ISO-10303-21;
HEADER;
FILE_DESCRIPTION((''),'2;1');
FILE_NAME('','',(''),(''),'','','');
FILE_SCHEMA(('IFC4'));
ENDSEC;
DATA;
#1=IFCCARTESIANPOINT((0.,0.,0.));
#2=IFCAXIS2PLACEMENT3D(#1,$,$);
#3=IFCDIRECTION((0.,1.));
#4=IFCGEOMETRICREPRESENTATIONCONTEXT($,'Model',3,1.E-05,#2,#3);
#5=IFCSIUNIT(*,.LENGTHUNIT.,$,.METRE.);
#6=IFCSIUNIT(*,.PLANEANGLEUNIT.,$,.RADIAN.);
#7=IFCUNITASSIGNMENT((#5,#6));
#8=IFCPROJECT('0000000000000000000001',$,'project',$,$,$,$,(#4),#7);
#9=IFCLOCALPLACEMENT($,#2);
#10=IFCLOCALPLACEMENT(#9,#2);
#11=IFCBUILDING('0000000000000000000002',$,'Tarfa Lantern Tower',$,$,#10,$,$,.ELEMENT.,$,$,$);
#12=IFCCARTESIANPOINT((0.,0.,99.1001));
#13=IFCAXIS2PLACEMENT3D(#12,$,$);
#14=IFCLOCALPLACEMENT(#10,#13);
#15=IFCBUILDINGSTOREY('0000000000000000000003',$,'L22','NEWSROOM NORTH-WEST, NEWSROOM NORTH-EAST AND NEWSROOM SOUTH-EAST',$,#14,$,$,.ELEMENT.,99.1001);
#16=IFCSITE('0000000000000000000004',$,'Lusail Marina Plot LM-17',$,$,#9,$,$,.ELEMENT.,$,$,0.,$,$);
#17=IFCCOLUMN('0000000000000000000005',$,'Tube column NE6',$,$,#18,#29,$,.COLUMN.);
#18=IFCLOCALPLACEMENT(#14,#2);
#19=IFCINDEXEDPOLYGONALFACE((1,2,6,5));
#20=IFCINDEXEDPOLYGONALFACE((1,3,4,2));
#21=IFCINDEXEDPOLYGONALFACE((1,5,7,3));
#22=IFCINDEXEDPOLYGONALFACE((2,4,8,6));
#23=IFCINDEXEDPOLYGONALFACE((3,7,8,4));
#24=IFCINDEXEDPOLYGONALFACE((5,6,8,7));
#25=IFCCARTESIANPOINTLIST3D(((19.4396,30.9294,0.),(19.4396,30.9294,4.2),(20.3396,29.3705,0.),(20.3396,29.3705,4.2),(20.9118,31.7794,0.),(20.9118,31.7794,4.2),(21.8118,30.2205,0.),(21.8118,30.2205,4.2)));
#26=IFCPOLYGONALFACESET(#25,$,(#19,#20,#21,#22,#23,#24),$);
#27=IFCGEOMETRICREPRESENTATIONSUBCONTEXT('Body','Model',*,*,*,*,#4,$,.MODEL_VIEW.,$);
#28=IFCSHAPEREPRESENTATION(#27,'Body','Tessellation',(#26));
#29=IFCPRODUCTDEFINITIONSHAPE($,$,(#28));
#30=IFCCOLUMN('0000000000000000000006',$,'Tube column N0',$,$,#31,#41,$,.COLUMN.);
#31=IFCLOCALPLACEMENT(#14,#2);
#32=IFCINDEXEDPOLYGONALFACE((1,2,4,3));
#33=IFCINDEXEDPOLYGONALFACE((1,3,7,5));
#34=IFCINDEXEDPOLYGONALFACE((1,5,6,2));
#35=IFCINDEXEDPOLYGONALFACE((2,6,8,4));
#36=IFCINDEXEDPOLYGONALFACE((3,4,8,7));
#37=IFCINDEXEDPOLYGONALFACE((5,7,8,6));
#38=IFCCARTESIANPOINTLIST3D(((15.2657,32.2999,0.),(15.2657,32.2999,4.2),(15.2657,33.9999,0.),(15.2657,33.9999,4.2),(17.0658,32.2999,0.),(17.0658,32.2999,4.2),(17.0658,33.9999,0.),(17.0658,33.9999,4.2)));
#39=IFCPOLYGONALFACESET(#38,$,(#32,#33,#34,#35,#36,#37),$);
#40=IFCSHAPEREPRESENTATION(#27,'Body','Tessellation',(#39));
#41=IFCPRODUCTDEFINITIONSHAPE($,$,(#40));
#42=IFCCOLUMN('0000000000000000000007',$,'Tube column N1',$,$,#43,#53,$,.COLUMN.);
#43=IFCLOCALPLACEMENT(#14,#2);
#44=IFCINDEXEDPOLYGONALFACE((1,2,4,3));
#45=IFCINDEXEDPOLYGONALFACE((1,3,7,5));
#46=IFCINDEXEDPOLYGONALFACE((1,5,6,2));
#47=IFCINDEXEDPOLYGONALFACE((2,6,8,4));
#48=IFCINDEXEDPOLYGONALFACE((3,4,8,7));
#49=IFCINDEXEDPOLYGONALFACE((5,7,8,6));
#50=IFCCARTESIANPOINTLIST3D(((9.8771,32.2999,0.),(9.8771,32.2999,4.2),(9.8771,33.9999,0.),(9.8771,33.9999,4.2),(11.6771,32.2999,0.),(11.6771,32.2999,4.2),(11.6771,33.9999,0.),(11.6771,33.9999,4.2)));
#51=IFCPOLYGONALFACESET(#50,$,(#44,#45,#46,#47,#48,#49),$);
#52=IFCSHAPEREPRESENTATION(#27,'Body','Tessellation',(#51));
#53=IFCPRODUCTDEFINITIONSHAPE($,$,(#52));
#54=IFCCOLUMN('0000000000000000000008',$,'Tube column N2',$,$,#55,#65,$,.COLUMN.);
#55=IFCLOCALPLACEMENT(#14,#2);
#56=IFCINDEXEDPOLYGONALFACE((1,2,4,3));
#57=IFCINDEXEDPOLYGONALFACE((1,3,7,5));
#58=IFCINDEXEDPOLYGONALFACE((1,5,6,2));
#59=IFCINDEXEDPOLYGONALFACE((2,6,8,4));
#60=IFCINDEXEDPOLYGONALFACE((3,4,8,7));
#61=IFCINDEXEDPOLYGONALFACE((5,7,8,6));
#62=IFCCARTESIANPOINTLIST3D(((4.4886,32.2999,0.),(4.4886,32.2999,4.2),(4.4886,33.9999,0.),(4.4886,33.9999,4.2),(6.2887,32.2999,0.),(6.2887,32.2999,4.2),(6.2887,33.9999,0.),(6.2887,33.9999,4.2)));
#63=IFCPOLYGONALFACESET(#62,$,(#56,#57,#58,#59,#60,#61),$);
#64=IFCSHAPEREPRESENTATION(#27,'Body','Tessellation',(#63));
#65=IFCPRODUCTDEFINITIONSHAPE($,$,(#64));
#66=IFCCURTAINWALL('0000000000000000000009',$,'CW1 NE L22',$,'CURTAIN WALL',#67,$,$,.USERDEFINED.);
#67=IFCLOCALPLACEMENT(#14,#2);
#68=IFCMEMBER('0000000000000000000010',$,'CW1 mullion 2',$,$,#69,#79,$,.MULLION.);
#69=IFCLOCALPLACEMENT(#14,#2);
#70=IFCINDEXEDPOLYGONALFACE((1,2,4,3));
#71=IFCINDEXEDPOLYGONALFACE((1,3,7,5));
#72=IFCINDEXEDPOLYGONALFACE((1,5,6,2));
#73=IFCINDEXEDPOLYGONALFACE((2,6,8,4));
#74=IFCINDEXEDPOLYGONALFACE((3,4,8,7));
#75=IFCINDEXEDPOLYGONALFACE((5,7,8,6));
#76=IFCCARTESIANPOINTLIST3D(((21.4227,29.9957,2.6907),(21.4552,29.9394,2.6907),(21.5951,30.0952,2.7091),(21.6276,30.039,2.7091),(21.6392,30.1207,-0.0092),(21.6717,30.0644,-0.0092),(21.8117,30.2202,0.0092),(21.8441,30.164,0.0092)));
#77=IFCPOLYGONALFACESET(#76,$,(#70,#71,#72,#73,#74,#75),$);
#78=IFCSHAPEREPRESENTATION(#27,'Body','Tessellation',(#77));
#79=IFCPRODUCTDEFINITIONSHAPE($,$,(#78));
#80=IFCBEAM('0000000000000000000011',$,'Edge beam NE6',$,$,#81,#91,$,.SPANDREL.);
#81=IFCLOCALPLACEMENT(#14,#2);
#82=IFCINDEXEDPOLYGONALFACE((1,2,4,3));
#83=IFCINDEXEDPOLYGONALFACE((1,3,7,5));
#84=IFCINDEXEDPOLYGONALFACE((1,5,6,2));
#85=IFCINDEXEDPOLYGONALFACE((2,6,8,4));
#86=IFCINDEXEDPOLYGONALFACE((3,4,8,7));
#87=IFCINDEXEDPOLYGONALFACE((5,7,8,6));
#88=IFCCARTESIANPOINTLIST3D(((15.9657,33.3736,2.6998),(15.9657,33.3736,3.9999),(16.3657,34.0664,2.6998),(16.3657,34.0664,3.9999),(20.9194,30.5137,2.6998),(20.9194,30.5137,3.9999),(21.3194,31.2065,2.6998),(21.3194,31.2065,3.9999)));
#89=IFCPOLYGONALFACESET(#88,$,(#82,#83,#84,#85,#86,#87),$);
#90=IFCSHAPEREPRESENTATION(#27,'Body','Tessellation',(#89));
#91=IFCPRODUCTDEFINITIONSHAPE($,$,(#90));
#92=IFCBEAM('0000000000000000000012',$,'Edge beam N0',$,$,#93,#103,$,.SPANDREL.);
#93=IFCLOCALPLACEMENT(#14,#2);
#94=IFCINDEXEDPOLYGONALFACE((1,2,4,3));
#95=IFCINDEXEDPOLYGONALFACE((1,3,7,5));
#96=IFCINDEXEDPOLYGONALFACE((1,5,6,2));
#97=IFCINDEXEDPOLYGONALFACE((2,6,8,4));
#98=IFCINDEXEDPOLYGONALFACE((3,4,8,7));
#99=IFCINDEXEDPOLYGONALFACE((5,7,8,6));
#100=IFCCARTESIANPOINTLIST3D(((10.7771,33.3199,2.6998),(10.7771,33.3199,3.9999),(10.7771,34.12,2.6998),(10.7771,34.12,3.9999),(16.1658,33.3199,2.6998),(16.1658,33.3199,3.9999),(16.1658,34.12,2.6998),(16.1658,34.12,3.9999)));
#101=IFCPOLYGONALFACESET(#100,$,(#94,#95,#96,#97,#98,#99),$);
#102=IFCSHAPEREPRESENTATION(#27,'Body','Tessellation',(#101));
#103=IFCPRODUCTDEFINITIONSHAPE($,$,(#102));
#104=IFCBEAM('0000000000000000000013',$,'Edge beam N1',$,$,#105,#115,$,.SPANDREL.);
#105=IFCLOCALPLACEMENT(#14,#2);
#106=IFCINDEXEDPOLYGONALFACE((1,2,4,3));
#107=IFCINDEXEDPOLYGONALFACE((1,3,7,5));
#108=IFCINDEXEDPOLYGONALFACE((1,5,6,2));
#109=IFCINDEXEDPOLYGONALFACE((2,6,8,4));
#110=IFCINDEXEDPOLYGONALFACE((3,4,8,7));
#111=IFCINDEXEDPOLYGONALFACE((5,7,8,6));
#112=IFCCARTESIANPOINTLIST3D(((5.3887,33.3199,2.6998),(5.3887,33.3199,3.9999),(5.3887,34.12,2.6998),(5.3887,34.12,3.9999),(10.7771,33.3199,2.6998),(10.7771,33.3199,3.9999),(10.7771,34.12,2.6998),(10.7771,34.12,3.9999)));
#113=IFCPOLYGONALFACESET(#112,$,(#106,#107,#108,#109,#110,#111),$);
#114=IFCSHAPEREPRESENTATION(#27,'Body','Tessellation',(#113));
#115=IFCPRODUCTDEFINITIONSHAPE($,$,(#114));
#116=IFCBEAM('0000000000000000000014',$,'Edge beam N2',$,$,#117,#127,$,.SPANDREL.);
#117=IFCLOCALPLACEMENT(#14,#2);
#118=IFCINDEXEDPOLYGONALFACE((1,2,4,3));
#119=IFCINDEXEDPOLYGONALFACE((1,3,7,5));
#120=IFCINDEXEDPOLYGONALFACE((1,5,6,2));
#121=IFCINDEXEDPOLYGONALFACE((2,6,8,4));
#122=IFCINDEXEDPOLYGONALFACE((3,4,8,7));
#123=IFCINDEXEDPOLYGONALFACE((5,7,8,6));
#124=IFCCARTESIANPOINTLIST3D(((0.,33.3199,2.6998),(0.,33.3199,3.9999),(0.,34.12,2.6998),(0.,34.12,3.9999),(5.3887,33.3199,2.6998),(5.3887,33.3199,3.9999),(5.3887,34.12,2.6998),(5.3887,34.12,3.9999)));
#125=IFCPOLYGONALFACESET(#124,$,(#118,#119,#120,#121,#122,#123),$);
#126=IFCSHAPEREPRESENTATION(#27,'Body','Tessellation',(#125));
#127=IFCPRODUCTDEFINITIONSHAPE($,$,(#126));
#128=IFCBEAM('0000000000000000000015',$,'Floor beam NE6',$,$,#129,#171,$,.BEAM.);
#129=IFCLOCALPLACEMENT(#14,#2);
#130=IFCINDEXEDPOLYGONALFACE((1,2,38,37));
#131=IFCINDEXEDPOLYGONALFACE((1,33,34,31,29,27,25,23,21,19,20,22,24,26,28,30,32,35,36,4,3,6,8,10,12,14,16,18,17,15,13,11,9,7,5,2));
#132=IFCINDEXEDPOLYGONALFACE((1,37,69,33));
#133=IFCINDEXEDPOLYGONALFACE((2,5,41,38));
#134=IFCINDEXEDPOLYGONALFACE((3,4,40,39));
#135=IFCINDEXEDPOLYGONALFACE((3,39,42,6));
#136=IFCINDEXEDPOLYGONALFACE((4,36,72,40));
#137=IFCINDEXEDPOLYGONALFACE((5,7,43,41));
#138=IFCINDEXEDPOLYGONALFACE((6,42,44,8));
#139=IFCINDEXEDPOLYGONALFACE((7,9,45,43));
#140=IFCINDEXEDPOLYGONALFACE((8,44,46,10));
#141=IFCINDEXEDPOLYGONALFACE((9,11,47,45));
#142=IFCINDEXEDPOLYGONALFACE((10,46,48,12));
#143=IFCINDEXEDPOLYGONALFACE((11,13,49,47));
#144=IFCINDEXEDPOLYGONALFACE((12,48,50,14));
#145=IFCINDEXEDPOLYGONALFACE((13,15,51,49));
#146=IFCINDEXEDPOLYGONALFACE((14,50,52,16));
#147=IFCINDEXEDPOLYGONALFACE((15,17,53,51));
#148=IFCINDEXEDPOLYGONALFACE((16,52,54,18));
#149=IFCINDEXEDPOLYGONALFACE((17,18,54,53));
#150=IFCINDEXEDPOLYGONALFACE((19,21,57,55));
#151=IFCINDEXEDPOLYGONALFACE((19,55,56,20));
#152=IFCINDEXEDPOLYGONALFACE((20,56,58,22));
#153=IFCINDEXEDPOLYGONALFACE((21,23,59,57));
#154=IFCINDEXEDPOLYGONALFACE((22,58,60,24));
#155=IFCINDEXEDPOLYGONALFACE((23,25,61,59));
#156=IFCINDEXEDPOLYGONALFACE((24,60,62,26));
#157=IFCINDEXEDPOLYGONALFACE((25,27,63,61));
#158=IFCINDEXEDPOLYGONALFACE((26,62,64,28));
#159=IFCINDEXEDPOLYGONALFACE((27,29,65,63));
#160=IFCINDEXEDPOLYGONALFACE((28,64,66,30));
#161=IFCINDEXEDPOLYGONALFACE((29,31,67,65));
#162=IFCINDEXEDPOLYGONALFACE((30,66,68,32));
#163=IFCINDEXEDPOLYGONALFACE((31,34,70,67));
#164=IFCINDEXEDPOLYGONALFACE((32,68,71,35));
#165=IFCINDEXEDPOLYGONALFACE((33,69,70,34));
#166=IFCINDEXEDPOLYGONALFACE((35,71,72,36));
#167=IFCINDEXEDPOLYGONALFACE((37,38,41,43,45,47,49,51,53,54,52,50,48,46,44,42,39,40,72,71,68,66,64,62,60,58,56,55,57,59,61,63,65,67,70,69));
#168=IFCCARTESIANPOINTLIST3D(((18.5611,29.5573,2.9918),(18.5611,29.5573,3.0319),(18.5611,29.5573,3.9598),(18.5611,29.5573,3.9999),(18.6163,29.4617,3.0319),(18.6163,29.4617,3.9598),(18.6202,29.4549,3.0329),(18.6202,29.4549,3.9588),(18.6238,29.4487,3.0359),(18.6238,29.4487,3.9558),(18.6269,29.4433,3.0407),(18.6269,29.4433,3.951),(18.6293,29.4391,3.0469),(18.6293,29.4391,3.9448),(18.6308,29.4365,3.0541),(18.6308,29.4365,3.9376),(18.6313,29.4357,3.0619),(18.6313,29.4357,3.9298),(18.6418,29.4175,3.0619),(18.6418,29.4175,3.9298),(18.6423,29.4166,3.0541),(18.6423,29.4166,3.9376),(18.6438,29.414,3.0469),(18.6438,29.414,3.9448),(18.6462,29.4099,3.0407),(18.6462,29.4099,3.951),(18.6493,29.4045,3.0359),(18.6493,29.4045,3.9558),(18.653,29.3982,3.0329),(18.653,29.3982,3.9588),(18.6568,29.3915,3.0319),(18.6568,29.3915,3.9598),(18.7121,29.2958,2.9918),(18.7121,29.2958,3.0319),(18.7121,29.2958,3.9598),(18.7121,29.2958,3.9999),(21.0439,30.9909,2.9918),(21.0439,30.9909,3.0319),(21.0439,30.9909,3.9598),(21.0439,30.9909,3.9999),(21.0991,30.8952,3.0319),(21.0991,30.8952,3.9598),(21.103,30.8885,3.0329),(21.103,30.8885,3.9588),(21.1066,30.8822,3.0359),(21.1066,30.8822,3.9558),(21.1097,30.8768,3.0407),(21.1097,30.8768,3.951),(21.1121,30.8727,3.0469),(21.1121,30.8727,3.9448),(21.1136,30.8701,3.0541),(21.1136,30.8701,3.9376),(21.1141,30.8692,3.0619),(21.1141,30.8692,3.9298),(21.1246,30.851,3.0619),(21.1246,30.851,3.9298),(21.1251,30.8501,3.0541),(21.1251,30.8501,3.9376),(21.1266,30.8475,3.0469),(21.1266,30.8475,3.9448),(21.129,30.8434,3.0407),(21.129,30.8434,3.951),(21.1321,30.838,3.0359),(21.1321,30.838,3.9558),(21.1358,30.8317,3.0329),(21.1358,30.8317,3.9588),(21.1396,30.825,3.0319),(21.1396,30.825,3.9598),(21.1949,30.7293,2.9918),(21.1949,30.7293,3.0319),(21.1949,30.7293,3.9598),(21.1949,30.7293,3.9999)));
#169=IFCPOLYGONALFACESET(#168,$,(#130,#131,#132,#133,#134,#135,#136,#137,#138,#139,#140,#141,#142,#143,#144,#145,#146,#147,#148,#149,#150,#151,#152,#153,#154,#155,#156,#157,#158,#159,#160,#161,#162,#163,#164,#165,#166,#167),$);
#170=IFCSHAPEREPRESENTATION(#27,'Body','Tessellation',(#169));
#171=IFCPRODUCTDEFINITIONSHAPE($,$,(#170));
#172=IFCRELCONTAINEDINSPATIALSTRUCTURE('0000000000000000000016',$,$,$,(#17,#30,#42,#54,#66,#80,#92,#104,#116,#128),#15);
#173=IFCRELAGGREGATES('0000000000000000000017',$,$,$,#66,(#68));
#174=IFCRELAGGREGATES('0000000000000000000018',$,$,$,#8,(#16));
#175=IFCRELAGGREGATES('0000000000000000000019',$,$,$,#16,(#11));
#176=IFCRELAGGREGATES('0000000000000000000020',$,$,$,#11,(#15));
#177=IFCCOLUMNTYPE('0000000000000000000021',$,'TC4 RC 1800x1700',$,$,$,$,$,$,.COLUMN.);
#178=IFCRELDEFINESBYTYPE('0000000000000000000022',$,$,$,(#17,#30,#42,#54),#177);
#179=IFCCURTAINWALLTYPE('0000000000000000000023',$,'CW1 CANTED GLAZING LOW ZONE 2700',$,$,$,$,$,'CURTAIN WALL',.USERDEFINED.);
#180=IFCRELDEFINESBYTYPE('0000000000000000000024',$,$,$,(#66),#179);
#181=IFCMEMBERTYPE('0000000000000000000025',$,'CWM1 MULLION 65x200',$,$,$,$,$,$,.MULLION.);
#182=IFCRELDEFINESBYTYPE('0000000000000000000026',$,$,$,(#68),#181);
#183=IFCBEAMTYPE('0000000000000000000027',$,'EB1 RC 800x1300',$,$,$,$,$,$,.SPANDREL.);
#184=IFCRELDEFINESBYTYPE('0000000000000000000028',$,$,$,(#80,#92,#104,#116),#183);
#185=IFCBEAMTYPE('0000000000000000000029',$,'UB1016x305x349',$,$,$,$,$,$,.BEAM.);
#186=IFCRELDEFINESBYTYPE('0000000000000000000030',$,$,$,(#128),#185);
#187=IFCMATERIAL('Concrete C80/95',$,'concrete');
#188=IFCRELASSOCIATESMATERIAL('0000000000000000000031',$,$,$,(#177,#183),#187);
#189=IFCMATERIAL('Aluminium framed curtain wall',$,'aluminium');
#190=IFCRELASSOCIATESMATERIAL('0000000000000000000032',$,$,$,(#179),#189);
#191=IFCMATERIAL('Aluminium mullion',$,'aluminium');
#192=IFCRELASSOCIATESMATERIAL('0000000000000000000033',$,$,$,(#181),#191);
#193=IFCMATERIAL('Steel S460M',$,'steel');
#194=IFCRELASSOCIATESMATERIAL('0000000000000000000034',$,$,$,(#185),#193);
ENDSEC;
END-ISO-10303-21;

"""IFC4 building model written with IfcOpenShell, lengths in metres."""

from ifc_helpers import new_model, si_unit, direction, frame, origin, origin_2d, place, context, subcontext, project, spatial, rectangle, i_section, extrude, material, material_profile, profile_set, type_object, element, aggregate, save


model = new_model("IFC4")

# Units and contexts
model_context = context("Model", 3, precision=1e-05, world=origin(), true_north=direction((0.0, 1.0)))
body_context = subcontext(model_context, "Body", "Model", "MODEL_VIEW")
ifc_project = project(units=[si_unit("LENGTHUNIT", "METRE"), si_unit("PLANEANGLEUNIT", "RADIAN")], contexts=[model_context])

# Site, building, storey
site_placement = place(None, origin())
site = spatial("IfcSite", under=ifc_project, at=site_placement, Name="Lusail Marina Plot LM-17", CompositionType="ELEMENT", RefElevation=0.0)
building_placement = place(site_placement, origin())
building = spatial("IfcBuilding", under=site, at=building_placement, Name="Tarfa Lantern Tower", CompositionType="ELEMENT")
storey_placement = place(building_placement, frame((0.0, 0.0, 99.1001)))
storey = spatial("IfcBuildingStorey", under=building, at=storey_placement, Name="L22", Description="NEWSROOM NORTH-WEST, NEWSROOM NORTH-EAST AND NEWSROOM SOUTH-EAST", CompositionType="ELEMENT", Elevation=99.1001)

# Columns
ifc_material_1 = material(Name="Concrete C80/95", Category="concrete")
ifc_material_profile_1 = material_profile(ifc_material_1, rectangle(XDim=1.8, YDim=1.7, at=origin_2d()), Name="RC 1800x1700")
ifc_profile_set_1 = profile_set([ifc_material_profile_1], Name="Concrete C80/95")
column_type = type_object("IfcColumnType", Name="TC4 RC 1800x1700", PredefinedType="COLUMN", material=ifc_profile_set_1)
for number, where, z_axis, x_axis, name in (
    (1, (20.6257, 30.575, 0.0), (0.0, 0.0, 1.0), (-0.5, 0.866025, 0.0), "Tube column NE6"),
    (2, (16.1658, 33.1499, 0.0), (0.0, 0.0, 1.0), (-1.0, 0.0, 0.0), "Tube column N0"),
    (3, (10.7771, 33.1499, 0.0), (0.0, 0.0, 1.0), (-1.0, 0.0, 0.0), "Tube column N1"),
    (4, (5.3887, 33.1499, 0.0), (0.0, 0.0, 1.0), (-1.0, 0.0, 0.0), "Tube column N2"),
):
    element("IfcColumn", number, at=place(storey_placement, frame(where, z_axis=z_axis, x_axis=x_axis)), inside=storey, type_object=column_type, Name=name, PredefinedType="COLUMN", context=body_context, shape_type="SweptSolid", body=[
        extrude(rectangle(XDim=1.8, YDim=1.7, at=origin_2d()), origin(), (0.0, 0.0, 1.0), 4.2),
    ])

# Curtain wall, member
ifc_material_2 = material(Name="Aluminium framed curtain wall", Category="aluminium")
curtain_wall_type = type_object("IfcCurtainWallType", Name="CW1 CANTED GLAZING LOW ZONE 2700", ElementType="CURTAIN WALL", PredefinedType="USERDEFINED", material=ifc_material_2)
curtain_wall_placement = place(storey_placement, origin())
curtain_wall = element("IfcCurtainWall", 5, at=curtain_wall_placement, inside=storey, type_object=curtain_wall_type, Name="CW1 NE L22", ObjectType="CURTAIN WALL", PredefinedType="USERDEFINED")
ifc_material_3 = material(Name="Aluminium mullion", Category="aluminium")
ifc_material_profile_2 = material_profile(ifc_material_3, rectangle(XDim=0.0649, YDim=0.2, at=origin_2d()), Name="AL MULLION 65x200")
ifc_profile_set_2 = profile_set([ifc_material_profile_2], Name="Aluminium mullion")
member_type = type_object("IfcMemberType", Name="CWM1 MULLION 65x200", PredefinedType="MULLION", material=ifc_profile_set_2)
member_placement = place(storey_placement, frame((21.7417, 30.1423, 0.0), z_axis=(-0.079864, -0.0461, 0.995739), x_axis=(0.49992, -0.866072, 0.0)))
member = element("IfcMember", 6, at=member_placement, type_object=member_type, Name="CW1 mullion 2", PredefinedType="MULLION", context=body_context, shape_type="SweptSolid", body=[
    extrude(rectangle(XDim=0.0649, YDim=0.2, at=origin_2d()), origin(), (0.0, 0.0, 1.0), 2.7114),
])
aggregate(curtain_wall, [member])

# Beams
ifc_material_profile_3 = material_profile(ifc_material_1, rectangle(XDim=0.8, YDim=1.3, at=origin_2d()), Name="RC 800x1300")
ifc_profile_set_3 = profile_set([ifc_material_profile_3], Name="Concrete C80/95")
beam_type_1 = type_object("IfcBeamType", Name="EB1 RC 800x1300", PredefinedType="SPANDREL", material=ifc_profile_set_3)
beam_1_placement = place(storey_placement, frame((21.1194, 30.8601, 3.3499), z_axis=(-0.866033, 0.499986, 0.0), x_axis=(-0.499986, -0.866033, 0.0)))
element("IfcBeam", 7, at=beam_1_placement, inside=storey, type_object=beam_type_1, Name="Edge beam NE6", PredefinedType="SPANDREL", context=body_context, shape_type="SweptSolid", body=[
    extrude(rectangle(XDim=0.8, YDim=1.3, at=origin_2d()), origin(), (0.0, 0.0, 1.0), 5.72),
])
beam_2_placement = place(storey_placement, frame((16.1658, 33.72, 3.3499), z_axis=(-1.0, 0.0, 0.0), x_axis=(0.0, -1.0, 0.0)))
element("IfcBeam", 8, at=beam_2_placement, inside=storey, type_object=beam_type_1, Name="Edge beam N0", PredefinedType="SPANDREL", context=body_context, shape_type="SweptSolid", body=[
    extrude(rectangle(XDim=0.8, YDim=1.3, at=origin_2d()), origin(), (0.0, 0.0, 1.0), 5.3887),
])
beam_3_placement = place(storey_placement, frame((10.7771, 33.72, 3.3499), z_axis=(-1.0, 0.0, 0.0), x_axis=(0.0, -1.0, 0.0)))
element("IfcBeam", 9, at=beam_3_placement, inside=storey, type_object=beam_type_1, Name="Edge beam N1", PredefinedType="SPANDREL", context=body_context, shape_type="SweptSolid", body=[
    extrude(rectangle(XDim=0.8, YDim=1.3, at=origin_2d()), origin(), (0.0, 0.0, 1.0), 5.3884),
])
beam_4_placement = place(storey_placement, frame((5.3887, 33.72, 3.3499), z_axis=(-1.0, 0.0, 0.0), x_axis=(0.0, -1.0, 0.0)))
element("IfcBeam", 10, at=beam_4_placement, inside=storey, type_object=beam_type_1, Name="Edge beam N2", PredefinedType="SPANDREL", context=body_context, shape_type="SweptSolid", body=[
    extrude(rectangle(XDim=0.8, YDim=1.3, at=origin_2d()), origin(), (0.0, 0.0, 1.0), 5.3887),
])
ifc_material_4 = material(Name="Steel S460M", Category="steel")
ifc_material_profile_4 = material_profile(ifc_material_4, i_section(OverallWidth=0.302, OverallDepth=1.0081, WebThickness=0.021, FlangeThickness=0.04, FilletRadius=0.03, at=origin_2d()), Name="UB1016x305x349")
ifc_profile_set_4 = profile_set([ifc_material_profile_4], Name="Steel S460M")
beam_type_2 = type_object("IfcBeamType", Name="UB1016x305x349", PredefinedType="BEAM", material=ifc_profile_set_4)
beam_5_placement = place(storey_placement, frame((21.1194, 30.8601, 3.4958), z_axis=(-0.866013, -0.500022, 0.0), x_axis=(0.500022, -0.866013, 0.0)))
element("IfcBeam", 11, at=beam_5_placement, inside=storey, type_object=beam_type_2, Name="Floor beam NE6", PredefinedType="BEAM", context=body_context, shape_type="SweptSolid", body=[
    extrude(i_section(OverallWidth=0.302, OverallDepth=1.0081, WebThickness=0.021, FlangeThickness=0.04, FilletRadius=0.03, at=origin_2d()), origin(), (0.0, 0.0, 1.0), 2.8669),
])

save(model, "model.ifc")
